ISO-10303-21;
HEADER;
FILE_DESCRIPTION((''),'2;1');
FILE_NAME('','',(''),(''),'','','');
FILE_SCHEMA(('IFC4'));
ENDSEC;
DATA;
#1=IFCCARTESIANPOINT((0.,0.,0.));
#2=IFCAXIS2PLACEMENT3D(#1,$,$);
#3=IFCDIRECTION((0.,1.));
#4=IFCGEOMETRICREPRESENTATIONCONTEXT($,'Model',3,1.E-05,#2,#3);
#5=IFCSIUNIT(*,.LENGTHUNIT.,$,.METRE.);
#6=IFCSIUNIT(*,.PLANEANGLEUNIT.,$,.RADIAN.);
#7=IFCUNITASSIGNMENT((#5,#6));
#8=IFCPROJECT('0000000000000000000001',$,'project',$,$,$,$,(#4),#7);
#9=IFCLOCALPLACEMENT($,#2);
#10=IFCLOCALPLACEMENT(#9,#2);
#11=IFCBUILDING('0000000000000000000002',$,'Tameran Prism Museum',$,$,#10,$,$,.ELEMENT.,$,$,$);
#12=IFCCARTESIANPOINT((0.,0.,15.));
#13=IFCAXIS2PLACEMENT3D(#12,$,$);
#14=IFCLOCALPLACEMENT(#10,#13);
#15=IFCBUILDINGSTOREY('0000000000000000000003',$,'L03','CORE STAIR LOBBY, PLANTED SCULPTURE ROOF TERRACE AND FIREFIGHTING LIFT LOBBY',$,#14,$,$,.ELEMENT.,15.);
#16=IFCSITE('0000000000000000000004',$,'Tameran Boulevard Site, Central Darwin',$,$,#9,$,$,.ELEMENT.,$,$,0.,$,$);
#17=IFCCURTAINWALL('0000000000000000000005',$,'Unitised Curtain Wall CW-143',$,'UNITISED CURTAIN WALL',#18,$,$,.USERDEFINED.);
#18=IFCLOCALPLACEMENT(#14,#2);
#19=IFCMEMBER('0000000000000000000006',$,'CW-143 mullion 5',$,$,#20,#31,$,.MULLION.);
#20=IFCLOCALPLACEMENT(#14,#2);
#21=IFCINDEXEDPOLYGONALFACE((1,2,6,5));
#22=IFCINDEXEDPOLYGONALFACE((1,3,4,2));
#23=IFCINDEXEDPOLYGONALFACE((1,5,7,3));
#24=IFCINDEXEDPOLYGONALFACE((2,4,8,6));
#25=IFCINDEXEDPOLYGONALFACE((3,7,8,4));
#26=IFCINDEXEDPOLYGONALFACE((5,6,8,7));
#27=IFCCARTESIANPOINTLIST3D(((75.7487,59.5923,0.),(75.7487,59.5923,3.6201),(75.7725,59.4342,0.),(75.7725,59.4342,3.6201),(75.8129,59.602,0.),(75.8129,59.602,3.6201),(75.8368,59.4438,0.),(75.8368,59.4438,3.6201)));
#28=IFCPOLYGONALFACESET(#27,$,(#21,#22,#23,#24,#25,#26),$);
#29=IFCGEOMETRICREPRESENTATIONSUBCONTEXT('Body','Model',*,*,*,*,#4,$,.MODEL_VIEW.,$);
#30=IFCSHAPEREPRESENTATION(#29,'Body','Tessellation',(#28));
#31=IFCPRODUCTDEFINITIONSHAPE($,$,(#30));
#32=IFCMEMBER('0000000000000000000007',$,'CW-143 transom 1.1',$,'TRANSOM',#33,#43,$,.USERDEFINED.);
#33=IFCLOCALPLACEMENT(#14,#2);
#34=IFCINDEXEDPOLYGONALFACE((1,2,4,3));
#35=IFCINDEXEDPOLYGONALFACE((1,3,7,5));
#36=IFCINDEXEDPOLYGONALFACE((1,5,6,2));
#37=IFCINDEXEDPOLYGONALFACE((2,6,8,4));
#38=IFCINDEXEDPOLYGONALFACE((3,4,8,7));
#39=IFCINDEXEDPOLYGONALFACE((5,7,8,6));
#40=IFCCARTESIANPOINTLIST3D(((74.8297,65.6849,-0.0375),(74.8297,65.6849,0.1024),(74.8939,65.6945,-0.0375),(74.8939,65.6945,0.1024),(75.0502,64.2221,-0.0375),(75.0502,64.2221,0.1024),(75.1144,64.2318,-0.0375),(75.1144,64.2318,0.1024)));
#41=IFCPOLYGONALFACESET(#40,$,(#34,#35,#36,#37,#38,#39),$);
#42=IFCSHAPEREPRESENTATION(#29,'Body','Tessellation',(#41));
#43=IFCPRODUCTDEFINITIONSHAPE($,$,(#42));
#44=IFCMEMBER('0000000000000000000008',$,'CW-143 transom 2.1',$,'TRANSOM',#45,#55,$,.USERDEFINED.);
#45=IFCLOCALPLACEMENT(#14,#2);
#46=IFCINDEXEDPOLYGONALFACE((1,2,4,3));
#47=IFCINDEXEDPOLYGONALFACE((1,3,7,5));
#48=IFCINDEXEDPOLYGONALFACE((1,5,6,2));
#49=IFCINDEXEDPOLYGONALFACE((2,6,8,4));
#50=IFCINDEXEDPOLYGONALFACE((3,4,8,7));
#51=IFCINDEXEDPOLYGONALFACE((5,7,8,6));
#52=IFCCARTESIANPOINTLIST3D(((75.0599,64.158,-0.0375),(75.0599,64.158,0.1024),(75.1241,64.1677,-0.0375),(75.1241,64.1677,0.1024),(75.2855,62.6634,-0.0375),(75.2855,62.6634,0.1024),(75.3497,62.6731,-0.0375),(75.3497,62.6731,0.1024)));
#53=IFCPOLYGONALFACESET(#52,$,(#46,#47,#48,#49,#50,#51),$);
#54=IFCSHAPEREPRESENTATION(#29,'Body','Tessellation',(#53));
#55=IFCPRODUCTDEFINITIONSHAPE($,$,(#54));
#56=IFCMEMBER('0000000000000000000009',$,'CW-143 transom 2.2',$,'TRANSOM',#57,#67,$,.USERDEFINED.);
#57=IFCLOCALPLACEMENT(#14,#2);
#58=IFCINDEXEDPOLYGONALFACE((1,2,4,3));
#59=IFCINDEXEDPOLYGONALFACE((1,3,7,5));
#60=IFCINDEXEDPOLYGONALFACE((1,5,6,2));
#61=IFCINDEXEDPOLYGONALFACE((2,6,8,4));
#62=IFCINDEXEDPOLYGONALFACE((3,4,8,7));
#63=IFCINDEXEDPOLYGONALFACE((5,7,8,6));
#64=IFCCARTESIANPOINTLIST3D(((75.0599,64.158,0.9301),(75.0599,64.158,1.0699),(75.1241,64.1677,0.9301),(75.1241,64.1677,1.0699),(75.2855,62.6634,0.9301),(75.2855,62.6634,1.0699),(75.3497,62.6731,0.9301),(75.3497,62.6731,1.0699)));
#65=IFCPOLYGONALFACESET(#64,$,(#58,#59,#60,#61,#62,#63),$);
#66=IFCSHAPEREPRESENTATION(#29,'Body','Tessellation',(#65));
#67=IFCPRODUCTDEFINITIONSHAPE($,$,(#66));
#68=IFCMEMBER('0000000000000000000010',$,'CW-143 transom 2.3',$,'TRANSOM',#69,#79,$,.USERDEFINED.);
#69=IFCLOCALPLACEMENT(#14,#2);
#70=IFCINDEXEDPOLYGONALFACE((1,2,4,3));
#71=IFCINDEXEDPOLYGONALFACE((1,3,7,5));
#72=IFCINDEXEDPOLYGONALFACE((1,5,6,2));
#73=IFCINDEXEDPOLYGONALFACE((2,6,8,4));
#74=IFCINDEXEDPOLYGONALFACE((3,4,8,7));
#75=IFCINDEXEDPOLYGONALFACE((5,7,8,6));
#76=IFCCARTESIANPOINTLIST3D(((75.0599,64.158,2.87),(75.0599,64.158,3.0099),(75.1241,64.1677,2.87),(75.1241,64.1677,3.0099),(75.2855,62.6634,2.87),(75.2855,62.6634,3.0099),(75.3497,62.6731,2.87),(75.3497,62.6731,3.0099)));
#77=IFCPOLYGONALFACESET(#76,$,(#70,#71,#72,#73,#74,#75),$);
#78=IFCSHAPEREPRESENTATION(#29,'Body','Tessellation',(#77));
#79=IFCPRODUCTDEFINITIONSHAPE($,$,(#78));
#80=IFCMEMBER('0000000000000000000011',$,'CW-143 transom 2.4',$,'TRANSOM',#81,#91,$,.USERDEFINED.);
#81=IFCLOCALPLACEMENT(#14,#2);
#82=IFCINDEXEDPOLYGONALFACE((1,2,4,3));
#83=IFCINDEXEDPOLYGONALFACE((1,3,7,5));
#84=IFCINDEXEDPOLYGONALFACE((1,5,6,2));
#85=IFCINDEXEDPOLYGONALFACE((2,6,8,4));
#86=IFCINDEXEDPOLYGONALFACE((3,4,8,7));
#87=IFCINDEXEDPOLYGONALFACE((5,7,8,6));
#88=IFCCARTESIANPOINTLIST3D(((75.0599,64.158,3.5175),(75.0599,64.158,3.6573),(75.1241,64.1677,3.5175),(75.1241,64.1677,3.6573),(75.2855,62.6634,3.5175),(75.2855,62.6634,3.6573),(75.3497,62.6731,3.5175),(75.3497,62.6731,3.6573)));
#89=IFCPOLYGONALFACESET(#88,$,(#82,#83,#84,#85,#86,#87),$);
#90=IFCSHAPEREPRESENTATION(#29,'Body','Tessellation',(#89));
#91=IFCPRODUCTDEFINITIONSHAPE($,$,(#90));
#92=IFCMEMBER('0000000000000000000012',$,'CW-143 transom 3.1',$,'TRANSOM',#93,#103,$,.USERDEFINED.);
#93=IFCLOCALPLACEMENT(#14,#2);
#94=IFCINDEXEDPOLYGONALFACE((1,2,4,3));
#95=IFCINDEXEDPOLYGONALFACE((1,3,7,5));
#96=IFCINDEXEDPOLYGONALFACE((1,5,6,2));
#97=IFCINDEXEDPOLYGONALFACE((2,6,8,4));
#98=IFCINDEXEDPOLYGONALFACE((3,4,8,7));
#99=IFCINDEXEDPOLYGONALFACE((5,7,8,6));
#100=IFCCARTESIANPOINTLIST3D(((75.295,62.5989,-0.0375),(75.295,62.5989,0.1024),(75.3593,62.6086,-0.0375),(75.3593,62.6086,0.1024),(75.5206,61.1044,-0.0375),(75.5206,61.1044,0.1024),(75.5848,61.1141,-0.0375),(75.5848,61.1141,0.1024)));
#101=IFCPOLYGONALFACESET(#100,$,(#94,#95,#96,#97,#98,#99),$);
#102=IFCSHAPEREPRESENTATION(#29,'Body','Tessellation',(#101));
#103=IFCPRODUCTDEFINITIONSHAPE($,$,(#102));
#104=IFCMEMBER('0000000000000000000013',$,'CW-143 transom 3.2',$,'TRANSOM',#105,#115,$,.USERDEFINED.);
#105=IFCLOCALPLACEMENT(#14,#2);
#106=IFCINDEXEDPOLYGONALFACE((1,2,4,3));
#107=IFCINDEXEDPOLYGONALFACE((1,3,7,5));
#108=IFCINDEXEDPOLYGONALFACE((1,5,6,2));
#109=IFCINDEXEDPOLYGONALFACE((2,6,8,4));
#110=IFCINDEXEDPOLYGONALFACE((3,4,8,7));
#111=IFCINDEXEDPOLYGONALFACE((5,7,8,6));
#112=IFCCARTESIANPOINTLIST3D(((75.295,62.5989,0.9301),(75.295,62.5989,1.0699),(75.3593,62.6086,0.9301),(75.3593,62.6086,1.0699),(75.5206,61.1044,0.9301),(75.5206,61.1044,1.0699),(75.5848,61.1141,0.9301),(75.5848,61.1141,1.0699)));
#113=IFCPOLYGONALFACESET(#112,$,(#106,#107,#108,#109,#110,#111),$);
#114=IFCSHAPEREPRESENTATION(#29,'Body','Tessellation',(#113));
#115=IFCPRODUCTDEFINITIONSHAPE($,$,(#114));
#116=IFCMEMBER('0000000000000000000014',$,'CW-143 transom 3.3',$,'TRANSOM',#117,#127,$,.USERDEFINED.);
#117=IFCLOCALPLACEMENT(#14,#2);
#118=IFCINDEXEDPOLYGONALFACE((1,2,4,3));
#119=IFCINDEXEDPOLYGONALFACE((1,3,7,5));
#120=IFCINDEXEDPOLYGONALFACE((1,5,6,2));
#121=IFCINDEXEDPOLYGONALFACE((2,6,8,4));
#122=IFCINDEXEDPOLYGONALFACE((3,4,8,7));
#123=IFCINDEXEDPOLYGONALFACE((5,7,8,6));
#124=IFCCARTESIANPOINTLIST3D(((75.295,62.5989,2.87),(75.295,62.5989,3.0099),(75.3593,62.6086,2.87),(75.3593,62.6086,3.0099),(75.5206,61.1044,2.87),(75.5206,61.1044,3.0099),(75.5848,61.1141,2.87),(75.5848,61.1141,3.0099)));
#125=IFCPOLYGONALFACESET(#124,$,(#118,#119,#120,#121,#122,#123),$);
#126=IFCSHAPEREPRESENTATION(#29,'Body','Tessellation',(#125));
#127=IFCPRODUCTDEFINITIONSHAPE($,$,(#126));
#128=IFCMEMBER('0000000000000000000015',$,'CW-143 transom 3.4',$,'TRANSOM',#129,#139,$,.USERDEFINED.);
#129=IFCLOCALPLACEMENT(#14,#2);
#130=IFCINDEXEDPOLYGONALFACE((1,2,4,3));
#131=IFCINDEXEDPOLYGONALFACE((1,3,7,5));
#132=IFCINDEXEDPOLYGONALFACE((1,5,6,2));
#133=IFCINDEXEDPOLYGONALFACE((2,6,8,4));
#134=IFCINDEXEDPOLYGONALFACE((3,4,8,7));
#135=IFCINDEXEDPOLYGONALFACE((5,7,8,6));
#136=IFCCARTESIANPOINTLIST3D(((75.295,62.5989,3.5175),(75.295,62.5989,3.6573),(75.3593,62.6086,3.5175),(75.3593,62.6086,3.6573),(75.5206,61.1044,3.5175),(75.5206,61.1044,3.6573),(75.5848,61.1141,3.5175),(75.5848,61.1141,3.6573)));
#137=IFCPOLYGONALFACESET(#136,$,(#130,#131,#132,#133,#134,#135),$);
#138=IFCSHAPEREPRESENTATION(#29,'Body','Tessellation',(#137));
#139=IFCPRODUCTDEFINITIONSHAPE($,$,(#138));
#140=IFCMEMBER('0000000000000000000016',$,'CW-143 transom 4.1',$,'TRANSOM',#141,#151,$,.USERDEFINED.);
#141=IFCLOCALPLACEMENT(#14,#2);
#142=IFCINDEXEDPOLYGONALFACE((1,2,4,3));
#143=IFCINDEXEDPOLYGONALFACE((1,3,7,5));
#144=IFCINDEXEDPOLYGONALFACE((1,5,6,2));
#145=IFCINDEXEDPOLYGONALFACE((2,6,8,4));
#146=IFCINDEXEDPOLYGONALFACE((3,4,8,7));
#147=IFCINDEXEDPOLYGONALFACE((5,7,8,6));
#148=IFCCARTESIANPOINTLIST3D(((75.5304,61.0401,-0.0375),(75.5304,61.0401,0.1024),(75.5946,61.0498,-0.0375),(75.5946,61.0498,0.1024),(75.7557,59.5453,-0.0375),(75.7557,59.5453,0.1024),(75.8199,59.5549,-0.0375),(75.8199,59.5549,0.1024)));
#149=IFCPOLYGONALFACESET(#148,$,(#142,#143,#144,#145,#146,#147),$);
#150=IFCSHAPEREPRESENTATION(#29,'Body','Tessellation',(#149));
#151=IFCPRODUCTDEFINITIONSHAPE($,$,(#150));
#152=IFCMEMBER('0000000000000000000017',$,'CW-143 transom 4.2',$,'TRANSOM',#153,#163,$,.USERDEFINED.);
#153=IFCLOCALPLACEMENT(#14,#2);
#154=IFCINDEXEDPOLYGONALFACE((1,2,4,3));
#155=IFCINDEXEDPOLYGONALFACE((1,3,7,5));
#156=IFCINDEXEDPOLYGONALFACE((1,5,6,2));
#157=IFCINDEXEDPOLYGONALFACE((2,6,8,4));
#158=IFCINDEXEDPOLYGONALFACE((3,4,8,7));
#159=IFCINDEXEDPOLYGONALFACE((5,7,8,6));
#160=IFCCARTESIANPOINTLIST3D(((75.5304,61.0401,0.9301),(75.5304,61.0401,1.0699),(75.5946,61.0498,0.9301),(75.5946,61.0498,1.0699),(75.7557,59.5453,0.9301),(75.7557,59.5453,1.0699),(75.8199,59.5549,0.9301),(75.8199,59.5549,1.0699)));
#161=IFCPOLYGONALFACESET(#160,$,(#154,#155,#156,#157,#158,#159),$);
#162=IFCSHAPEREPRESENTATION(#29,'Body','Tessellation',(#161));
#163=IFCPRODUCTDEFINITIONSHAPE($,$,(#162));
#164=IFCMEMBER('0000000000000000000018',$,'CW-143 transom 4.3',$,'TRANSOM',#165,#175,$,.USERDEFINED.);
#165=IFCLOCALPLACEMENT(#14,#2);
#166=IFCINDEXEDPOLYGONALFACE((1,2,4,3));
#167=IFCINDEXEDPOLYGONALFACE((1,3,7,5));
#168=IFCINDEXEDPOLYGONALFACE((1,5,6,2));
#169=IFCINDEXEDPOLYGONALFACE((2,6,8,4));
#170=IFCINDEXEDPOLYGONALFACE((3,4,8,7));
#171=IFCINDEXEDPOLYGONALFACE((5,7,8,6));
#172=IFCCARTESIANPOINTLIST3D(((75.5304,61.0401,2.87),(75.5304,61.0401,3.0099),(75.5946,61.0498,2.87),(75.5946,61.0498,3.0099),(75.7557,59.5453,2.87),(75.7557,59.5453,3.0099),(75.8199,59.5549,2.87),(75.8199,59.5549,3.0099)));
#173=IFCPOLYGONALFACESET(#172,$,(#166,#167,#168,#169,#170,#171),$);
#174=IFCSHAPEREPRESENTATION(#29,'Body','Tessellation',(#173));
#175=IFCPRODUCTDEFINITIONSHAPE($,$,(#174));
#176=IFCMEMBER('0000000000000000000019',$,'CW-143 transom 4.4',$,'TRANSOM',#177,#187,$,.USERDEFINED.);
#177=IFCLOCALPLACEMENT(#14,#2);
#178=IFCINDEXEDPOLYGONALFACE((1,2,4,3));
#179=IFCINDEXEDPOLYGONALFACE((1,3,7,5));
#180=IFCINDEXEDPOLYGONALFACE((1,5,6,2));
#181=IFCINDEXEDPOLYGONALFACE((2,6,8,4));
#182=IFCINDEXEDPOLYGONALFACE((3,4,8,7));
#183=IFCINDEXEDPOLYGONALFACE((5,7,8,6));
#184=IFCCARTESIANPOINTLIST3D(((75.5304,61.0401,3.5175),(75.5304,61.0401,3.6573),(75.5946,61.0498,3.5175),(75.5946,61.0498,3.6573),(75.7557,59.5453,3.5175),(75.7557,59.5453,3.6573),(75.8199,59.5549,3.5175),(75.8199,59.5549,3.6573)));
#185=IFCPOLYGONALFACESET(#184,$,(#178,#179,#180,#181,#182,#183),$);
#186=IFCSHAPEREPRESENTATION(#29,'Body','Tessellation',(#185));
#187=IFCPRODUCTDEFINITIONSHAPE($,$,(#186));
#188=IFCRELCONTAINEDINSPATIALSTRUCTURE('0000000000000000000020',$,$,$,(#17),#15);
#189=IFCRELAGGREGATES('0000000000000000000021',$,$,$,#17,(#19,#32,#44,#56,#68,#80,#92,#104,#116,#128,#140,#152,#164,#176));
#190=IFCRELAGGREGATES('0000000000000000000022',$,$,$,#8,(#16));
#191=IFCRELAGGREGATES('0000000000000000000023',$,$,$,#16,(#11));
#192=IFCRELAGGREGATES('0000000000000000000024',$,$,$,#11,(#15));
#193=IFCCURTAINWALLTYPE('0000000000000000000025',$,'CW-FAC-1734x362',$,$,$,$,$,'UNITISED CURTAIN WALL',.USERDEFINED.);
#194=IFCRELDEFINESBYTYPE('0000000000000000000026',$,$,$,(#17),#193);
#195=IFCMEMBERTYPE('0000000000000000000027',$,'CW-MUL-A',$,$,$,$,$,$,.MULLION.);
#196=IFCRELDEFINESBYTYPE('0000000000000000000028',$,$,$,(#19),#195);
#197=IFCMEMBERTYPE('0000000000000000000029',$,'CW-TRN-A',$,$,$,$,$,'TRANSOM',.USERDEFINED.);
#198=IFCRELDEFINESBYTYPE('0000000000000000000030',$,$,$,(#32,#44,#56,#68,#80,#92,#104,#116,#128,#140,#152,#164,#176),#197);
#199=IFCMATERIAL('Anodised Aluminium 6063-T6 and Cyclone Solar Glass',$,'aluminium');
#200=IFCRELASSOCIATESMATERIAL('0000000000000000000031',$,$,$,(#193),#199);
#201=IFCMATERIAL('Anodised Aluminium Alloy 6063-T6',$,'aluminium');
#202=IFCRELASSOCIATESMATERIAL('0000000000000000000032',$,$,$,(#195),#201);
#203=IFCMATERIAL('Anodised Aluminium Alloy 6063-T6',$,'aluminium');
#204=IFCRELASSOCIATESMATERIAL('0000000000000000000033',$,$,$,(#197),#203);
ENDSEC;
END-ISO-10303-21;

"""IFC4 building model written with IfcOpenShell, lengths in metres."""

from ifc_helpers import new_model, si_unit, direction, frame, origin, origin_2d, place, context, subcontext, project, spatial, rectangle, extrude, material, material_profile, profile_set, type_object, element, aggregate, save


model = new_model("IFC4")

# Units and contexts
model_context = context("Model", 3, precision=1e-05, world=origin(), true_north=direction((0.0, 1.0)))
body_context = subcontext(model_context, "Body", "Model", "MODEL_VIEW")
ifc_project = project(units=[si_unit("LENGTHUNIT", "METRE"), si_unit("PLANEANGLEUNIT", "RADIAN")], contexts=[model_context])

# Site, building, storey
site_placement = place(None, origin())
site = spatial("IfcSite", under=ifc_project, at=site_placement, Name="Tameran Boulevard Site, Central Darwin", CompositionType="ELEMENT", RefElevation=0.0)
building_placement = place(site_placement, origin())
building = spatial("IfcBuilding", under=site, at=building_placement, Name="Tameran Prism Museum", CompositionType="ELEMENT")
storey_placement = place(building_placement, frame((0.0, 0.0, 15.0)))
storey = spatial("IfcBuildingStorey", under=building, at=storey_placement, Name="L03", Description="CORE STAIR LOBBY, PLANTED SCULPTURE ROOF TERRACE AND FIREFIGHTING LIFT LOBBY", CompositionType="ELEMENT", Elevation=15.0)

# Curtain wall, members
ifc_material_1 = material(Name="Anodised Aluminium 6063-T6 and Cyclone Solar Glass", Category="aluminium")
curtain_wall_type = type_object("IfcCurtainWallType", Name="CW-FAC-1734x362", ElementType="UNITISED CURTAIN WALL", PredefinedType="USERDEFINED", material=ifc_material_1)
curtain_wall_placement = place(storey_placement, origin())
curtain_wall = element("IfcCurtainWall", 1, at=curtain_wall_placement, inside=storey, type_object=curtain_wall_type, Name="Unitised Curtain Wall CW-143", ObjectType="UNITISED CURTAIN WALL", PredefinedType="USERDEFINED")
ifc_material_2 = material(Name="Anodised Aluminium Alloy 6063-T6", Category="aluminium")
ifc_material_profile_1 = material_profile(ifc_material_2, rectangle(XDim=0.0649, YDim=0.1599, at=origin_2d()))
ifc_profile_set_1 = profile_set([ifc_material_profile_1])
member_type_1 = type_object("IfcMemberType", Name="CW-MUL-A", PredefinedType="MULLION", material=ifc_profile_set_1)
member_1_placement = place(storey_placement, frame((75.7927, 59.5181, 0.0), z_axis=(0.0, 0.0, 1.0), x_axis=(0.988812, 0.149167, 0.0)))
member_1 = element("IfcMember", 2, at=member_1_placement, type_object=member_type_1, Name="CW-143 mullion 5", PredefinedType="MULLION", context=body_context, shape_type="SweptSolid", body=[
    extrude(rectangle(XDim=0.0649, YDim=0.1599, at=origin_2d()), origin(), (0.0, 0.0, 1.0), 3.6201),
])
ifc_material_3 = material(Name="Anodised Aluminium Alloy 6063-T6", Category="aluminium")
ifc_material_profile_2 = material_profile(ifc_material_3, rectangle(XDim=0.0649, YDim=0.1399, at=origin_2d()))
ifc_profile_set_2 = profile_set([ifc_material_profile_2])
member_type_2 = type_object("IfcMemberType", Name="CW-TRN-A", ElementType="TRANSOM", PredefinedType="USERDEFINED", material=ifc_profile_set_2)
member_2_placement = place(storey_placement, frame((74.8618, 65.6897, 0.0325), z_axis=(0.149043, -0.988831, 0.0), x_axis=(0.988831, 0.149043, 0.0)))
member_2 = element("IfcMember", 3, at=member_2_placement, type_object=member_type_2, Name="CW-143 transom 1.1", ObjectType="TRANSOM", PredefinedType="USERDEFINED", context=body_context, shape_type="SweptSolid", body=[
    extrude(rectangle(XDim=0.0649, YDim=0.1399, at=origin_2d()), origin(), (0.0, 0.0, 1.0), 1.4792),
])
member_3_placement = place(storey_placement, frame((75.092, 64.1628, 0.0325), z_axis=(0.149241, -0.988801, 0.0), x_axis=(0.988801, 0.149241, 0.0)))
member_3 = element("IfcMember", 4, at=member_3_placement, type_object=member_type_2, Name="CW-143 transom 2.1", ObjectType="TRANSOM", PredefinedType="USERDEFINED", context=body_context, shape_type="SweptSolid", body=[
    extrude(rectangle(XDim=0.0649, YDim=0.1399, at=origin_2d()), origin(), (0.0, 0.0, 1.0), 1.5115),
])
member_4_placement = place(storey_placement, frame((75.092, 64.1628, 1.0), z_axis=(0.149241, -0.988801, 0.0), x_axis=(0.988801, 0.149241, 0.0)))
member_4 = element("IfcMember", 5, at=member_4_placement, type_object=member_type_2, Name="CW-143 transom 2.2", ObjectType="TRANSOM", PredefinedType="USERDEFINED", context=body_context, shape_type="SweptSolid", body=[
    extrude(rectangle(XDim=0.0649, YDim=0.1399, at=origin_2d()), origin(), (0.0, 0.0, 1.0), 1.5115),
])
member_5_placement = place(storey_placement, frame((75.092, 64.1628, 2.9399), z_axis=(0.149241, -0.988801, 0.0), x_axis=(0.988801, 0.149241, 0.0)))
member_5 = element("IfcMember", 6, at=member_5_placement, type_object=member_type_2, Name="CW-143 transom 2.3", ObjectType="TRANSOM", PredefinedType="USERDEFINED", context=body_context, shape_type="SweptSolid", body=[
    extrude(rectangle(XDim=0.0649, YDim=0.1399, at=origin_2d()), origin(), (0.0, 0.0, 1.0), 1.5115),
])
member_6_placement = place(storey_placement, frame((75.092, 64.1628, 3.5874), z_axis=(0.149241, -0.988801, 0.0), x_axis=(0.988801, 0.149241, 0.0)))
member_6 = element("IfcMember", 7, at=member_6_placement, type_object=member_type_2, Name="CW-143 transom 2.4", ObjectType="TRANSOM", PredefinedType="USERDEFINED", context=body_context, shape_type="SweptSolid", body=[
    extrude(rectangle(XDim=0.0649, YDim=0.1399, at=origin_2d()), origin(), (0.0, 0.0, 1.0), 1.5115),
])
member_7_placement = place(storey_placement, frame((75.3271, 62.6038, 0.0325), z_axis=(0.149241, -0.988801, 0.0), x_axis=(0.988801, 0.149241, 0.0)))
member_7 = element("IfcMember", 8, at=member_7_placement, type_object=member_type_2, Name="CW-143 transom 3.1", ObjectType="TRANSOM", PredefinedType="USERDEFINED", context=body_context, shape_type="SweptSolid", body=[
    extrude(rectangle(XDim=0.0649, YDim=0.1399, at=origin_2d()), origin(), (0.0, 0.0, 1.0), 1.5115),
])
member_8_placement = place(storey_placement, frame((75.3271, 62.6038, 1.0), z_axis=(0.149241, -0.988801, 0.0), x_axis=(0.988801, 0.149241, 0.0)))
member_8 = element("IfcMember", 9, at=member_8_placement, type_object=member_type_2, Name="CW-143 transom 3.2", ObjectType="TRANSOM", PredefinedType="USERDEFINED", context=body_context, shape_type="SweptSolid", body=[
    extrude(rectangle(XDim=0.0649, YDim=0.1399, at=origin_2d()), origin(), (0.0, 0.0, 1.0), 1.5115),
])
member_9_placement = place(storey_placement, frame((75.3271, 62.6038, 2.9399), z_axis=(0.149241, -0.988801, 0.0), x_axis=(0.988801, 0.149241, 0.0)))
member_9 = element("IfcMember", 10, at=member_9_placement, type_object=member_type_2, Name="CW-143 transom 3.3", ObjectType="TRANSOM", PredefinedType="USERDEFINED", context=body_context, shape_type="SweptSolid", body=[
    extrude(rectangle(XDim=0.0649, YDim=0.1399, at=origin_2d()), origin(), (0.0, 0.0, 1.0), 1.5115),
])
member_10_placement = place(storey_placement, frame((75.3271, 62.6038, 3.5874), z_axis=(0.149241, -0.988801, 0.0), x_axis=(0.988801, 0.149241, 0.0)))
member_10 = element("IfcMember", 11, at=member_10_placement, type_object=member_type_2, Name="CW-143 transom 3.4", ObjectType="TRANSOM", PredefinedType="USERDEFINED", context=body_context, shape_type="SweptSolid", body=[
    extrude(rectangle(XDim=0.0649, YDim=0.1399, at=origin_2d()), origin(), (0.0, 0.0, 1.0), 1.5115),
])
member_11_placement = place(storey_placement, frame((75.5625, 61.0449, 0.0325), z_axis=(0.149059, -0.988828, 0.0), x_axis=(0.988828, 0.149059, 0.0)))
member_11 = element("IfcMember", 12, at=member_11_placement, type_object=member_type_2, Name="CW-143 transom 4.1", ObjectType="TRANSOM", PredefinedType="USERDEFINED", context=body_context, shape_type="SweptSolid", body=[
    extrude(rectangle(XDim=0.0649, YDim=0.1399, at=origin_2d()), origin(), (0.0, 0.0, 1.0), 1.5117),
])
member_12_placement = place(storey_placement, frame((75.5625, 61.0449, 1.0), z_axis=(0.149059, -0.988828, 0.0), x_axis=(0.988828, 0.149059, 0.0)))
member_12 = element("IfcMember", 13, at=member_12_placement, type_object=member_type_2, Name="CW-143 transom 4.2", ObjectType="TRANSOM", PredefinedType="USERDEFINED", context=body_context, shape_type="SweptSolid", body=[
    extrude(rectangle(XDim=0.0649, YDim=0.1399, at=origin_2d()), origin(), (0.0, 0.0, 1.0), 1.5117),
])
member_13_placement = place(storey_placement, frame((75.5625, 61.0449, 2.9399), z_axis=(0.149059, -0.988828, 0.0), x_axis=(0.988828, 0.149059, 0.0)))
member_13 = element("IfcMember", 14, at=member_13_placement, type_object=member_type_2, Name="CW-143 transom 4.3", ObjectType="TRANSOM", PredefinedType="USERDEFINED", context=body_context, shape_type="SweptSolid", body=[
    extrude(rectangle(XDim=0.0649, YDim=0.1399, at=origin_2d()), origin(), (0.0, 0.0, 1.0), 1.5117),
])
member_14_placement = place(storey_placement, frame((75.5625, 61.0449, 3.5874), z_axis=(0.149059, -0.988828, 0.0), x_axis=(0.988828, 0.149059, 0.0)))
member_14 = element("IfcMember", 15, at=member_14_placement, type_object=member_type_2, Name="CW-143 transom 4.4", ObjectType="TRANSOM", PredefinedType="USERDEFINED", context=body_context, shape_type="SweptSolid", body=[
    extrude(rectangle(XDim=0.0649, YDim=0.1399, at=origin_2d()), origin(), (0.0, 0.0, 1.0), 1.5117),
])
aggregate(curtain_wall, [member_1, member_2, member_3, member_4, member_5, member_6, member_7, member_8, member_9, member_10, member_11, member_12, member_13, member_14])

save(model, "model.ifc")
